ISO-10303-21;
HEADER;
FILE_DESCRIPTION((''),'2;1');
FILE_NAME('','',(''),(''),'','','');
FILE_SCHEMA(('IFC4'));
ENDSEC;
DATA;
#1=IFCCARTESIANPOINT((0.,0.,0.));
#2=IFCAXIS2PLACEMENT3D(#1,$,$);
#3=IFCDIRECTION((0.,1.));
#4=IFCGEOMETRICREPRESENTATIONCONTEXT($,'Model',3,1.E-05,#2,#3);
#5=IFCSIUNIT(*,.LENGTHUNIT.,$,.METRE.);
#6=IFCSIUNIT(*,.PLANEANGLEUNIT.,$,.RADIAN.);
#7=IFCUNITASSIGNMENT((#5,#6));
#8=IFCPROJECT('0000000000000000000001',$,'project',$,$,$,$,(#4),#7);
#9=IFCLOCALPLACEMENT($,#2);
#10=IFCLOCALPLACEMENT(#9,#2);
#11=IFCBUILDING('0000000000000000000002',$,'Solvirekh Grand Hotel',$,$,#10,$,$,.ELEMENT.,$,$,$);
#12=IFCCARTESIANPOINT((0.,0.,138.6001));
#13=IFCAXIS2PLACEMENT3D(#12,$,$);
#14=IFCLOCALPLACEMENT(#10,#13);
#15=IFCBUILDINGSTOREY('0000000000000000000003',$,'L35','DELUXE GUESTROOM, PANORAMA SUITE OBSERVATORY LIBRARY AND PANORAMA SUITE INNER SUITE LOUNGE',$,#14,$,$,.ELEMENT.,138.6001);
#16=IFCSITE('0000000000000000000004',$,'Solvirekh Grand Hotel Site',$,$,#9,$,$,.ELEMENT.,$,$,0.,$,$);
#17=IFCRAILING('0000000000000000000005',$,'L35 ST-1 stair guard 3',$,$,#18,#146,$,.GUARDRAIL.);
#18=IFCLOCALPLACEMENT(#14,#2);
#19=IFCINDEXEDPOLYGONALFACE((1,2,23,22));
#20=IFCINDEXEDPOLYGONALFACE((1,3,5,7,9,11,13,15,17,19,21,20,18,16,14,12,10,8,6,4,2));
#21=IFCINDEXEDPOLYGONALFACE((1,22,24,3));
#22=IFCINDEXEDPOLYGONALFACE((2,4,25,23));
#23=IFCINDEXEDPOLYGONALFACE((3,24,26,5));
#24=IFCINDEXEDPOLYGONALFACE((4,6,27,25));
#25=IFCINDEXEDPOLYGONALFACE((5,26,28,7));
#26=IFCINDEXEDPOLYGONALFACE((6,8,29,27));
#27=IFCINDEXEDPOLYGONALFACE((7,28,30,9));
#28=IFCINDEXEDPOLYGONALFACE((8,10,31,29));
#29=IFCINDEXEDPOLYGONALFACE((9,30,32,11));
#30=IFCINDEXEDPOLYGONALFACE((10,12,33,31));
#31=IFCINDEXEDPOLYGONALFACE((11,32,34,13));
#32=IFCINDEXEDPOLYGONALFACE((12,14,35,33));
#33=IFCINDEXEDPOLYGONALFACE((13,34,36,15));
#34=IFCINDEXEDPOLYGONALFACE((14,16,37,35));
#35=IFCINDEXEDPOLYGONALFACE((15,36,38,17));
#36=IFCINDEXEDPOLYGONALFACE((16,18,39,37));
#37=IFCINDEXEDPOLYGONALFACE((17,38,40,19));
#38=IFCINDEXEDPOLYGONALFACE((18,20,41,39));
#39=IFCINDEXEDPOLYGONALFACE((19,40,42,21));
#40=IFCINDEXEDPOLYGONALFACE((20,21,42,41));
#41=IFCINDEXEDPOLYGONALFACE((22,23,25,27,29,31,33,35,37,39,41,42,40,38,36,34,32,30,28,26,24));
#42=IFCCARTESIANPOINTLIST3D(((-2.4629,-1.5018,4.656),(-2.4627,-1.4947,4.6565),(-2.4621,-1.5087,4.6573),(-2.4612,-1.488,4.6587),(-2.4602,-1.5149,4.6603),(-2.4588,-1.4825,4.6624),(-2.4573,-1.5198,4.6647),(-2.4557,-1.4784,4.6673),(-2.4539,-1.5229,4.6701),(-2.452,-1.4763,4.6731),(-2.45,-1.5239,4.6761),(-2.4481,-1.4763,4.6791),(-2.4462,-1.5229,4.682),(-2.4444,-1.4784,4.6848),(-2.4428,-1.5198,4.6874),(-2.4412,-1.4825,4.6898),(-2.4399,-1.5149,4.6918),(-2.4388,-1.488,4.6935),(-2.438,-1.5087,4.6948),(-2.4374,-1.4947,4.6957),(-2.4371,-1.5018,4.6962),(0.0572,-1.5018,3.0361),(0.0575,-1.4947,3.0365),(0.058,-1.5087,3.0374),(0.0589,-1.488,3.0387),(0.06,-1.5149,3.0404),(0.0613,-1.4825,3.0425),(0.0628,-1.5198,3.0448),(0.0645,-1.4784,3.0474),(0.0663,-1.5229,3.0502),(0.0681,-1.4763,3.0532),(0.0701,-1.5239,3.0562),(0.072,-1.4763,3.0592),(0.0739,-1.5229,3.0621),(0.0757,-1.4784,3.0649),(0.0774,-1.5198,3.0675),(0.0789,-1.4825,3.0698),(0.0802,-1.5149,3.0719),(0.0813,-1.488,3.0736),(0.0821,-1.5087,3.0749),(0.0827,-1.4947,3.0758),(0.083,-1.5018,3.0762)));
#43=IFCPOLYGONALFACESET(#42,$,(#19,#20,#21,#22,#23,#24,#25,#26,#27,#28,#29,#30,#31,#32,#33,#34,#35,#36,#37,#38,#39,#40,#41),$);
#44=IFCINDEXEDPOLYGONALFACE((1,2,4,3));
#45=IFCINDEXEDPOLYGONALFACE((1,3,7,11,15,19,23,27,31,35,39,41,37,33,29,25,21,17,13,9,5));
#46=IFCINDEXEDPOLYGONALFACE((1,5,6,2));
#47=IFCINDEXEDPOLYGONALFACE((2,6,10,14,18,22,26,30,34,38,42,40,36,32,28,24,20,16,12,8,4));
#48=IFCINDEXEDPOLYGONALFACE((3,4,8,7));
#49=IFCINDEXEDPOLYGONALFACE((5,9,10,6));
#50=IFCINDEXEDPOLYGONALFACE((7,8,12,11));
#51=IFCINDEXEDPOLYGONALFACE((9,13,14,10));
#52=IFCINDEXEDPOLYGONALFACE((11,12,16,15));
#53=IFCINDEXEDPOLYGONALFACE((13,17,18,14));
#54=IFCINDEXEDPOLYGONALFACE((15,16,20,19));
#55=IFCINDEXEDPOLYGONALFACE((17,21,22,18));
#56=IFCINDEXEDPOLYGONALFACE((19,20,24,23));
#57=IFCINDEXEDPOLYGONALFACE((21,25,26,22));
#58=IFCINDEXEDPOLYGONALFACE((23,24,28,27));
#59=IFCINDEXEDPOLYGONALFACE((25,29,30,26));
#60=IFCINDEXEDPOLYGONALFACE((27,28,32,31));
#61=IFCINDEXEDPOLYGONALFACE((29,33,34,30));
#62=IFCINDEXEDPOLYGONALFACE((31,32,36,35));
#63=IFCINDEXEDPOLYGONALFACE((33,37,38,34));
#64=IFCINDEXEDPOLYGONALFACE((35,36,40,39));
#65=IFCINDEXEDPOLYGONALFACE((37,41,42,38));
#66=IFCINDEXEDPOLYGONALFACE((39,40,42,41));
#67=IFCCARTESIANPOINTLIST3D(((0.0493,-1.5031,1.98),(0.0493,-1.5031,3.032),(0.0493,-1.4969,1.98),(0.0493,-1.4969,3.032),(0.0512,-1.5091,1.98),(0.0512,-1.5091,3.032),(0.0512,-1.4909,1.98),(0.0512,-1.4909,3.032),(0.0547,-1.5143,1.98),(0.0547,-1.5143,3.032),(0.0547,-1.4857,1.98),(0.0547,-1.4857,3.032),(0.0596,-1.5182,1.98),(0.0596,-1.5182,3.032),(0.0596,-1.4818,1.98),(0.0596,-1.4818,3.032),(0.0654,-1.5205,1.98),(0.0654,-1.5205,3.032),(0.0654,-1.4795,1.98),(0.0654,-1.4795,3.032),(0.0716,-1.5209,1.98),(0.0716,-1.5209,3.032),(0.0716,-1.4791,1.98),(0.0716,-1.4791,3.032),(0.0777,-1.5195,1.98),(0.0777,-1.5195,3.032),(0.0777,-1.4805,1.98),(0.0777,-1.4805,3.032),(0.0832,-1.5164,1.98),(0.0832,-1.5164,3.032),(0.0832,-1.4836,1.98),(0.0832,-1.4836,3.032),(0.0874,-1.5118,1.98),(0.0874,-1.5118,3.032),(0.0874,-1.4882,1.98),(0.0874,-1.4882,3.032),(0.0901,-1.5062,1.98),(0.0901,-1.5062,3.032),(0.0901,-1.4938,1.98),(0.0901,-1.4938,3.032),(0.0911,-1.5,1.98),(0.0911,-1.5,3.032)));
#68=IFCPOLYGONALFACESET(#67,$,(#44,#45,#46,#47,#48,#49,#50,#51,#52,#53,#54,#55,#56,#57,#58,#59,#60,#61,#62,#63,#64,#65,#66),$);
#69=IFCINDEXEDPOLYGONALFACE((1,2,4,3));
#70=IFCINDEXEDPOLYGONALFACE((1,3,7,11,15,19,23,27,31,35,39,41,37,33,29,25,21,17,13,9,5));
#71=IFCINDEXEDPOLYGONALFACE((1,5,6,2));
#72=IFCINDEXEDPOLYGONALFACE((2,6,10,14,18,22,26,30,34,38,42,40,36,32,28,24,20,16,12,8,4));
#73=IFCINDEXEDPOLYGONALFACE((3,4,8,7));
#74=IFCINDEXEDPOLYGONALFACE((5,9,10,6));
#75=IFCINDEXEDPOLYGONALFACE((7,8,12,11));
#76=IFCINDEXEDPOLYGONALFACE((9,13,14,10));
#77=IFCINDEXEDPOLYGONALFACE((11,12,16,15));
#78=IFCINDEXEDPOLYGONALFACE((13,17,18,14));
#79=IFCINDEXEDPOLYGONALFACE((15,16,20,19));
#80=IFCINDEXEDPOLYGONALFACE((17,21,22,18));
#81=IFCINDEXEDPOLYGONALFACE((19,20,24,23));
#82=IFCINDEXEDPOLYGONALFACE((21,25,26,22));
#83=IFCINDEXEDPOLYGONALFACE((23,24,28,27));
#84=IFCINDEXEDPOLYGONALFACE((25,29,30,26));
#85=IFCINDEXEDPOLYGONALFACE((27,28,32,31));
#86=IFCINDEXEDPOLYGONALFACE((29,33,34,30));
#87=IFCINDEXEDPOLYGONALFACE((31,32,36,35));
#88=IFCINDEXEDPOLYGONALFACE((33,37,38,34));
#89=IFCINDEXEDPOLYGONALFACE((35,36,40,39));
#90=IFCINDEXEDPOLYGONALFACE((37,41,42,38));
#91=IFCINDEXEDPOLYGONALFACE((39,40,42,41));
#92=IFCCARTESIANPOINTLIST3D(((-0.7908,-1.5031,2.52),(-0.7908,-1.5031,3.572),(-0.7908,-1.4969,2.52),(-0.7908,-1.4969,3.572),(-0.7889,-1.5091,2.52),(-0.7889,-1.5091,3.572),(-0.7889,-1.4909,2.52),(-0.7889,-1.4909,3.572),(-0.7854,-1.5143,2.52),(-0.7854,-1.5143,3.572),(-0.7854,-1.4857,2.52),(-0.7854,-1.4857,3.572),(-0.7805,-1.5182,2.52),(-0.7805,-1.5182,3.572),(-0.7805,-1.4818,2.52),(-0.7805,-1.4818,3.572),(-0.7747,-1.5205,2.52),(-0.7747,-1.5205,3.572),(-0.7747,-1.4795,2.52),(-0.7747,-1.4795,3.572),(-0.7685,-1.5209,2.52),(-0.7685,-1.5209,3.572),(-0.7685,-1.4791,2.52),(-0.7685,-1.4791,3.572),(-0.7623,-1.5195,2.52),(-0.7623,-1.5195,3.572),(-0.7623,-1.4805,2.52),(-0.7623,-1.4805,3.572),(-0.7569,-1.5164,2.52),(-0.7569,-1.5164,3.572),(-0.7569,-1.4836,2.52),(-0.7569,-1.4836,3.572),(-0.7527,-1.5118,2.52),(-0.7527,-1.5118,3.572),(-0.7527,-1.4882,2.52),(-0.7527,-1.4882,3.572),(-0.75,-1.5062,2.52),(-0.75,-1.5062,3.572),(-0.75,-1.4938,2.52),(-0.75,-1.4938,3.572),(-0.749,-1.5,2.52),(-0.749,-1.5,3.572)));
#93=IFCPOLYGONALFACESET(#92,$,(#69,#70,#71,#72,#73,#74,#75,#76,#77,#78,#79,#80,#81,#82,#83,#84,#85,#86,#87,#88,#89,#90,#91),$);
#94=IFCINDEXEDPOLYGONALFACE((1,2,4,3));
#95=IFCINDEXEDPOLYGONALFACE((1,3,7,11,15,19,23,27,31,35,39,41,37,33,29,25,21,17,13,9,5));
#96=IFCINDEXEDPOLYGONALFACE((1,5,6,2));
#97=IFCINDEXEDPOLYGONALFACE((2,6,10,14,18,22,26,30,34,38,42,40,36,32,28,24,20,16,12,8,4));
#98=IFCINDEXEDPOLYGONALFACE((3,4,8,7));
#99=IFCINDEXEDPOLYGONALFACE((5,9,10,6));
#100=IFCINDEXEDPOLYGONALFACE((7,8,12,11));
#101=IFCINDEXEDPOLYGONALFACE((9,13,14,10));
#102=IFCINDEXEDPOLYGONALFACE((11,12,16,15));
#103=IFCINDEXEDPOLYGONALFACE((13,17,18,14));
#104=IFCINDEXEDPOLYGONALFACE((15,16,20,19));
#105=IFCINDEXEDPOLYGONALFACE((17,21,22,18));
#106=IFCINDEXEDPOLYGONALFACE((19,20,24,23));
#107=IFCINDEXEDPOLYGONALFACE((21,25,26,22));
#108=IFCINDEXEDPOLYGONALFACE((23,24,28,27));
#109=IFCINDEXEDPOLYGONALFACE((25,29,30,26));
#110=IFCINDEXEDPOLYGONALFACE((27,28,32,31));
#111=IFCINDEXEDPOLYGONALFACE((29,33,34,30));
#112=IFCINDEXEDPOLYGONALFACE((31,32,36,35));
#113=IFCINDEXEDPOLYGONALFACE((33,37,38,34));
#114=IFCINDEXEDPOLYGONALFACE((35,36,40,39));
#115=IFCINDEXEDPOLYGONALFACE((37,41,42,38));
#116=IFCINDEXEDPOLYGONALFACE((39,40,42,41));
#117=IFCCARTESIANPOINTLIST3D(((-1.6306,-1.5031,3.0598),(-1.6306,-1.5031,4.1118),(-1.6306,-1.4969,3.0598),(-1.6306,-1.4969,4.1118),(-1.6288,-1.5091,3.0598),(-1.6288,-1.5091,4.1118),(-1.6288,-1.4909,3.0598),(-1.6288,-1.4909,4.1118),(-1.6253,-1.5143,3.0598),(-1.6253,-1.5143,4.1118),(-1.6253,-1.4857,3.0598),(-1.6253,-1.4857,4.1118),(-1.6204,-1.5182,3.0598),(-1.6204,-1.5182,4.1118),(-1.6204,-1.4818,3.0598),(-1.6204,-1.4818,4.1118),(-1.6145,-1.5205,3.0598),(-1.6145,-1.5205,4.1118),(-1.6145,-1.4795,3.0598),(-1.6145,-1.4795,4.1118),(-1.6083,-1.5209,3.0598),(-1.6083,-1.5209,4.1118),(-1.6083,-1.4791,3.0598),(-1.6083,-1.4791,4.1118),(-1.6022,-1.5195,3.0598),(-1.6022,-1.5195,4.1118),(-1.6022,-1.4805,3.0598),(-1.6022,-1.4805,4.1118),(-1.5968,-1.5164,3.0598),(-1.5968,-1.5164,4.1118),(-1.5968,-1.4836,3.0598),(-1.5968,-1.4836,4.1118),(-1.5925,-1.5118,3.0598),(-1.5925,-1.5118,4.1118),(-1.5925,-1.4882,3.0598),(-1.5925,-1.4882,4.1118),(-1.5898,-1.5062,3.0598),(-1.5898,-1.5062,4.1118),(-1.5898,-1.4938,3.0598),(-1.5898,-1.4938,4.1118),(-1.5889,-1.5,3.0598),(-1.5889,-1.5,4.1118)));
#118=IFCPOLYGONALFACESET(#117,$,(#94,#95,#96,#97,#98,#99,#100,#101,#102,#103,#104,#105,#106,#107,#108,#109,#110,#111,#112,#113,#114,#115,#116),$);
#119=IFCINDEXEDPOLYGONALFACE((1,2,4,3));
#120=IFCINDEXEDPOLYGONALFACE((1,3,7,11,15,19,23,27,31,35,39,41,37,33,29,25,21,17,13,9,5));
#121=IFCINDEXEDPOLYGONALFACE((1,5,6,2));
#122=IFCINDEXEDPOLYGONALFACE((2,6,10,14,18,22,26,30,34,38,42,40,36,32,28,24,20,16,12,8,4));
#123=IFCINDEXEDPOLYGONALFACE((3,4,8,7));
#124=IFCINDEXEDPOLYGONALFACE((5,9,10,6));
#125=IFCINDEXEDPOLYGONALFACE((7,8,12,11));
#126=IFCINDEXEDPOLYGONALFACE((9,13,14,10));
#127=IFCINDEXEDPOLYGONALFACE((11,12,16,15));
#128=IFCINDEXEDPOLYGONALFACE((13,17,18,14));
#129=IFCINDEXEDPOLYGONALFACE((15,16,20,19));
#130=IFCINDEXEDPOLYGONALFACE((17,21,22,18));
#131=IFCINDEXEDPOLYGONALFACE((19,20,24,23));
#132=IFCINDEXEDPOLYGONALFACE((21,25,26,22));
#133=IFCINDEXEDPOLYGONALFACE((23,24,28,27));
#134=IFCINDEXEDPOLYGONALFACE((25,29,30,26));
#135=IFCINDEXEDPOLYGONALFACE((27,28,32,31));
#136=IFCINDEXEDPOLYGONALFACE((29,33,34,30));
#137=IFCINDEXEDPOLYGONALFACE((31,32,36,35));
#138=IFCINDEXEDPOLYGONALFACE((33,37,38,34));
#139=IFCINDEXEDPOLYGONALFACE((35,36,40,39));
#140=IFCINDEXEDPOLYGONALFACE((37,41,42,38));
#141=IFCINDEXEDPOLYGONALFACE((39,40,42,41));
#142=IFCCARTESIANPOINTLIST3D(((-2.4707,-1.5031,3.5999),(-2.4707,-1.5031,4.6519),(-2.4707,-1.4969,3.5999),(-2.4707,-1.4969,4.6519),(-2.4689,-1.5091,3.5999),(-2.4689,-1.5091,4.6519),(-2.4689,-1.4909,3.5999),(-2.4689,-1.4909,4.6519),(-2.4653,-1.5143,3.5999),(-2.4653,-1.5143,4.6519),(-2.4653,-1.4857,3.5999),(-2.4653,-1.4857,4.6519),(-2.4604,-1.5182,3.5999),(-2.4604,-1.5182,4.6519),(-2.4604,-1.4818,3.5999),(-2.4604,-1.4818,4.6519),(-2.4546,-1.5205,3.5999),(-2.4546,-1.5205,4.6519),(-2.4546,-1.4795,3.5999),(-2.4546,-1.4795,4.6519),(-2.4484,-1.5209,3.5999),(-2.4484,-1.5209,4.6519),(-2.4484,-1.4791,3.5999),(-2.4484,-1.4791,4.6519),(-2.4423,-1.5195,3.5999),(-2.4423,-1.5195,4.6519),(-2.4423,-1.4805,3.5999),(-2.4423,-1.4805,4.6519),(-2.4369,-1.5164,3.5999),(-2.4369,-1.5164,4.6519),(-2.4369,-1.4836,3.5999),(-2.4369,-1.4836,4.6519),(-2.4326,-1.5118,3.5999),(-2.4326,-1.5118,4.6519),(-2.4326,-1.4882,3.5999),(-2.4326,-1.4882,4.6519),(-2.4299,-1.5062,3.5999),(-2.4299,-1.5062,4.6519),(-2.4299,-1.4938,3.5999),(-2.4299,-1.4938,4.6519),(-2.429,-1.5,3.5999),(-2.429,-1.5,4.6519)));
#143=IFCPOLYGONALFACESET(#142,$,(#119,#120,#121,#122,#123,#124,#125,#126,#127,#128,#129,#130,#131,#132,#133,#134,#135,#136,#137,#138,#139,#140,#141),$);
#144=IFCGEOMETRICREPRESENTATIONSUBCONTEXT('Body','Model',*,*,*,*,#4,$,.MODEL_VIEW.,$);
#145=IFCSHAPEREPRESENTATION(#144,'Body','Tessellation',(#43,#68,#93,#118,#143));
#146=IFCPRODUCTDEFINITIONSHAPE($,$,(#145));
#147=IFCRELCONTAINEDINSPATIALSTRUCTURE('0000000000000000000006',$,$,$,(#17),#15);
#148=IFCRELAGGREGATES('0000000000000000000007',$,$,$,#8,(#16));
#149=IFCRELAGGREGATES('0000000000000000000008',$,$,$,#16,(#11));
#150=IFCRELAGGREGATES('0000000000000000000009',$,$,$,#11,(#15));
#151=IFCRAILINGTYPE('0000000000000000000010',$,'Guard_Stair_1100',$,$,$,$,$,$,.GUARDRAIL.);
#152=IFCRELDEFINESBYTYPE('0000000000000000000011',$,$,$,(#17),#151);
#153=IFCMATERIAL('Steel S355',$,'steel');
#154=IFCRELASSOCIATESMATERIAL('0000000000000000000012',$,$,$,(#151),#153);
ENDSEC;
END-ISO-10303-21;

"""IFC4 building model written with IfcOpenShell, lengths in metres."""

from ifc_helpers import new_model, si_unit, direction, frame, origin, origin_2d, place, context, subcontext, project, spatial, circle, extrude, material, type_object, element, save


model = new_model("IFC4")

# Units and contexts
model_context = context("Model", 3, precision=1e-05, world=origin(), true_north=direction((0.0, 1.0)))
body_context = subcontext(model_context, "Body", "Model", "MODEL_VIEW")
ifc_project = project(units=[si_unit("LENGTHUNIT", "METRE"), si_unit("PLANEANGLEUNIT", "RADIAN")], contexts=[model_context])

# Site, building, storey
site_placement = place(None, origin())
site = spatial("IfcSite", under=ifc_project, at=site_placement, Name="Solvirekh Grand Hotel Site", CompositionType="ELEMENT", RefElevation=0.0)
building_placement = place(site_placement, origin())
building = spatial("IfcBuilding", under=site, at=building_placement, Name="Solvirekh Grand Hotel", CompositionType="ELEMENT")
storey_placement = place(building_placement, frame((0.0, 0.0, 138.6001)))
storey = spatial("IfcBuildingStorey", under=building, at=storey_placement, Name="L35", Description="DELUXE GUESTROOM, PANORAMA SUITE OBSERVATORY LIBRARY AND PANORAMA SUITE INNER SUITE LOUNGE", CompositionType="ELEMENT", Elevation=138.6001)

# Shared definitions
ifc_material_1 = material(Name="Steel S355", Category="steel")

# Railing
railing_type = type_object("IfcRailingType", Name="Guard_Stair_1100", PredefinedType="GUARDRAIL", material=ifc_material_1)
railing_1_placement = place(storey_placement, frame((0.0701, -1.5, 1.98)))
element("IfcRailing", 1, at=railing_1_placement, inside=storey, type_object=railing_type, Name="L35 ST-1 stair guard 3", PredefinedType="GUARDRAIL", context=body_context, shape_type="SweptSolid", body=[
    extrude(circle(Radius=0.0239, at=origin_2d()), frame((0.0, 0.0, 1.0762), z_axis=(-0.8412, 0.0, 0.540725), x_axis=(0.0, -1.0, 0.0)), (0.0, 0.0, 1.0), 2.9958),
    extrude(circle(Radius=0.021, at=origin_2d()), origin(), (0.0, 0.0, 1.0), 1.052),
    extrude(circle(Radius=0.021, at=origin_2d()), frame((-0.8401, 0.0, 0.54)), (0.0, 0.0, 1.0), 1.052),
    extrude(circle(Radius=0.021, at=origin_2d()), frame((-1.6799, 0.0, 1.0798)), (0.0, 0.0, 1.0), 1.052),
    extrude(circle(Radius=0.021, at=origin_2d()), frame((-2.52, 0.0, 1.6199)), (0.0, 0.0, 1.0), 1.052),
])

save(model, "model.ifc")
